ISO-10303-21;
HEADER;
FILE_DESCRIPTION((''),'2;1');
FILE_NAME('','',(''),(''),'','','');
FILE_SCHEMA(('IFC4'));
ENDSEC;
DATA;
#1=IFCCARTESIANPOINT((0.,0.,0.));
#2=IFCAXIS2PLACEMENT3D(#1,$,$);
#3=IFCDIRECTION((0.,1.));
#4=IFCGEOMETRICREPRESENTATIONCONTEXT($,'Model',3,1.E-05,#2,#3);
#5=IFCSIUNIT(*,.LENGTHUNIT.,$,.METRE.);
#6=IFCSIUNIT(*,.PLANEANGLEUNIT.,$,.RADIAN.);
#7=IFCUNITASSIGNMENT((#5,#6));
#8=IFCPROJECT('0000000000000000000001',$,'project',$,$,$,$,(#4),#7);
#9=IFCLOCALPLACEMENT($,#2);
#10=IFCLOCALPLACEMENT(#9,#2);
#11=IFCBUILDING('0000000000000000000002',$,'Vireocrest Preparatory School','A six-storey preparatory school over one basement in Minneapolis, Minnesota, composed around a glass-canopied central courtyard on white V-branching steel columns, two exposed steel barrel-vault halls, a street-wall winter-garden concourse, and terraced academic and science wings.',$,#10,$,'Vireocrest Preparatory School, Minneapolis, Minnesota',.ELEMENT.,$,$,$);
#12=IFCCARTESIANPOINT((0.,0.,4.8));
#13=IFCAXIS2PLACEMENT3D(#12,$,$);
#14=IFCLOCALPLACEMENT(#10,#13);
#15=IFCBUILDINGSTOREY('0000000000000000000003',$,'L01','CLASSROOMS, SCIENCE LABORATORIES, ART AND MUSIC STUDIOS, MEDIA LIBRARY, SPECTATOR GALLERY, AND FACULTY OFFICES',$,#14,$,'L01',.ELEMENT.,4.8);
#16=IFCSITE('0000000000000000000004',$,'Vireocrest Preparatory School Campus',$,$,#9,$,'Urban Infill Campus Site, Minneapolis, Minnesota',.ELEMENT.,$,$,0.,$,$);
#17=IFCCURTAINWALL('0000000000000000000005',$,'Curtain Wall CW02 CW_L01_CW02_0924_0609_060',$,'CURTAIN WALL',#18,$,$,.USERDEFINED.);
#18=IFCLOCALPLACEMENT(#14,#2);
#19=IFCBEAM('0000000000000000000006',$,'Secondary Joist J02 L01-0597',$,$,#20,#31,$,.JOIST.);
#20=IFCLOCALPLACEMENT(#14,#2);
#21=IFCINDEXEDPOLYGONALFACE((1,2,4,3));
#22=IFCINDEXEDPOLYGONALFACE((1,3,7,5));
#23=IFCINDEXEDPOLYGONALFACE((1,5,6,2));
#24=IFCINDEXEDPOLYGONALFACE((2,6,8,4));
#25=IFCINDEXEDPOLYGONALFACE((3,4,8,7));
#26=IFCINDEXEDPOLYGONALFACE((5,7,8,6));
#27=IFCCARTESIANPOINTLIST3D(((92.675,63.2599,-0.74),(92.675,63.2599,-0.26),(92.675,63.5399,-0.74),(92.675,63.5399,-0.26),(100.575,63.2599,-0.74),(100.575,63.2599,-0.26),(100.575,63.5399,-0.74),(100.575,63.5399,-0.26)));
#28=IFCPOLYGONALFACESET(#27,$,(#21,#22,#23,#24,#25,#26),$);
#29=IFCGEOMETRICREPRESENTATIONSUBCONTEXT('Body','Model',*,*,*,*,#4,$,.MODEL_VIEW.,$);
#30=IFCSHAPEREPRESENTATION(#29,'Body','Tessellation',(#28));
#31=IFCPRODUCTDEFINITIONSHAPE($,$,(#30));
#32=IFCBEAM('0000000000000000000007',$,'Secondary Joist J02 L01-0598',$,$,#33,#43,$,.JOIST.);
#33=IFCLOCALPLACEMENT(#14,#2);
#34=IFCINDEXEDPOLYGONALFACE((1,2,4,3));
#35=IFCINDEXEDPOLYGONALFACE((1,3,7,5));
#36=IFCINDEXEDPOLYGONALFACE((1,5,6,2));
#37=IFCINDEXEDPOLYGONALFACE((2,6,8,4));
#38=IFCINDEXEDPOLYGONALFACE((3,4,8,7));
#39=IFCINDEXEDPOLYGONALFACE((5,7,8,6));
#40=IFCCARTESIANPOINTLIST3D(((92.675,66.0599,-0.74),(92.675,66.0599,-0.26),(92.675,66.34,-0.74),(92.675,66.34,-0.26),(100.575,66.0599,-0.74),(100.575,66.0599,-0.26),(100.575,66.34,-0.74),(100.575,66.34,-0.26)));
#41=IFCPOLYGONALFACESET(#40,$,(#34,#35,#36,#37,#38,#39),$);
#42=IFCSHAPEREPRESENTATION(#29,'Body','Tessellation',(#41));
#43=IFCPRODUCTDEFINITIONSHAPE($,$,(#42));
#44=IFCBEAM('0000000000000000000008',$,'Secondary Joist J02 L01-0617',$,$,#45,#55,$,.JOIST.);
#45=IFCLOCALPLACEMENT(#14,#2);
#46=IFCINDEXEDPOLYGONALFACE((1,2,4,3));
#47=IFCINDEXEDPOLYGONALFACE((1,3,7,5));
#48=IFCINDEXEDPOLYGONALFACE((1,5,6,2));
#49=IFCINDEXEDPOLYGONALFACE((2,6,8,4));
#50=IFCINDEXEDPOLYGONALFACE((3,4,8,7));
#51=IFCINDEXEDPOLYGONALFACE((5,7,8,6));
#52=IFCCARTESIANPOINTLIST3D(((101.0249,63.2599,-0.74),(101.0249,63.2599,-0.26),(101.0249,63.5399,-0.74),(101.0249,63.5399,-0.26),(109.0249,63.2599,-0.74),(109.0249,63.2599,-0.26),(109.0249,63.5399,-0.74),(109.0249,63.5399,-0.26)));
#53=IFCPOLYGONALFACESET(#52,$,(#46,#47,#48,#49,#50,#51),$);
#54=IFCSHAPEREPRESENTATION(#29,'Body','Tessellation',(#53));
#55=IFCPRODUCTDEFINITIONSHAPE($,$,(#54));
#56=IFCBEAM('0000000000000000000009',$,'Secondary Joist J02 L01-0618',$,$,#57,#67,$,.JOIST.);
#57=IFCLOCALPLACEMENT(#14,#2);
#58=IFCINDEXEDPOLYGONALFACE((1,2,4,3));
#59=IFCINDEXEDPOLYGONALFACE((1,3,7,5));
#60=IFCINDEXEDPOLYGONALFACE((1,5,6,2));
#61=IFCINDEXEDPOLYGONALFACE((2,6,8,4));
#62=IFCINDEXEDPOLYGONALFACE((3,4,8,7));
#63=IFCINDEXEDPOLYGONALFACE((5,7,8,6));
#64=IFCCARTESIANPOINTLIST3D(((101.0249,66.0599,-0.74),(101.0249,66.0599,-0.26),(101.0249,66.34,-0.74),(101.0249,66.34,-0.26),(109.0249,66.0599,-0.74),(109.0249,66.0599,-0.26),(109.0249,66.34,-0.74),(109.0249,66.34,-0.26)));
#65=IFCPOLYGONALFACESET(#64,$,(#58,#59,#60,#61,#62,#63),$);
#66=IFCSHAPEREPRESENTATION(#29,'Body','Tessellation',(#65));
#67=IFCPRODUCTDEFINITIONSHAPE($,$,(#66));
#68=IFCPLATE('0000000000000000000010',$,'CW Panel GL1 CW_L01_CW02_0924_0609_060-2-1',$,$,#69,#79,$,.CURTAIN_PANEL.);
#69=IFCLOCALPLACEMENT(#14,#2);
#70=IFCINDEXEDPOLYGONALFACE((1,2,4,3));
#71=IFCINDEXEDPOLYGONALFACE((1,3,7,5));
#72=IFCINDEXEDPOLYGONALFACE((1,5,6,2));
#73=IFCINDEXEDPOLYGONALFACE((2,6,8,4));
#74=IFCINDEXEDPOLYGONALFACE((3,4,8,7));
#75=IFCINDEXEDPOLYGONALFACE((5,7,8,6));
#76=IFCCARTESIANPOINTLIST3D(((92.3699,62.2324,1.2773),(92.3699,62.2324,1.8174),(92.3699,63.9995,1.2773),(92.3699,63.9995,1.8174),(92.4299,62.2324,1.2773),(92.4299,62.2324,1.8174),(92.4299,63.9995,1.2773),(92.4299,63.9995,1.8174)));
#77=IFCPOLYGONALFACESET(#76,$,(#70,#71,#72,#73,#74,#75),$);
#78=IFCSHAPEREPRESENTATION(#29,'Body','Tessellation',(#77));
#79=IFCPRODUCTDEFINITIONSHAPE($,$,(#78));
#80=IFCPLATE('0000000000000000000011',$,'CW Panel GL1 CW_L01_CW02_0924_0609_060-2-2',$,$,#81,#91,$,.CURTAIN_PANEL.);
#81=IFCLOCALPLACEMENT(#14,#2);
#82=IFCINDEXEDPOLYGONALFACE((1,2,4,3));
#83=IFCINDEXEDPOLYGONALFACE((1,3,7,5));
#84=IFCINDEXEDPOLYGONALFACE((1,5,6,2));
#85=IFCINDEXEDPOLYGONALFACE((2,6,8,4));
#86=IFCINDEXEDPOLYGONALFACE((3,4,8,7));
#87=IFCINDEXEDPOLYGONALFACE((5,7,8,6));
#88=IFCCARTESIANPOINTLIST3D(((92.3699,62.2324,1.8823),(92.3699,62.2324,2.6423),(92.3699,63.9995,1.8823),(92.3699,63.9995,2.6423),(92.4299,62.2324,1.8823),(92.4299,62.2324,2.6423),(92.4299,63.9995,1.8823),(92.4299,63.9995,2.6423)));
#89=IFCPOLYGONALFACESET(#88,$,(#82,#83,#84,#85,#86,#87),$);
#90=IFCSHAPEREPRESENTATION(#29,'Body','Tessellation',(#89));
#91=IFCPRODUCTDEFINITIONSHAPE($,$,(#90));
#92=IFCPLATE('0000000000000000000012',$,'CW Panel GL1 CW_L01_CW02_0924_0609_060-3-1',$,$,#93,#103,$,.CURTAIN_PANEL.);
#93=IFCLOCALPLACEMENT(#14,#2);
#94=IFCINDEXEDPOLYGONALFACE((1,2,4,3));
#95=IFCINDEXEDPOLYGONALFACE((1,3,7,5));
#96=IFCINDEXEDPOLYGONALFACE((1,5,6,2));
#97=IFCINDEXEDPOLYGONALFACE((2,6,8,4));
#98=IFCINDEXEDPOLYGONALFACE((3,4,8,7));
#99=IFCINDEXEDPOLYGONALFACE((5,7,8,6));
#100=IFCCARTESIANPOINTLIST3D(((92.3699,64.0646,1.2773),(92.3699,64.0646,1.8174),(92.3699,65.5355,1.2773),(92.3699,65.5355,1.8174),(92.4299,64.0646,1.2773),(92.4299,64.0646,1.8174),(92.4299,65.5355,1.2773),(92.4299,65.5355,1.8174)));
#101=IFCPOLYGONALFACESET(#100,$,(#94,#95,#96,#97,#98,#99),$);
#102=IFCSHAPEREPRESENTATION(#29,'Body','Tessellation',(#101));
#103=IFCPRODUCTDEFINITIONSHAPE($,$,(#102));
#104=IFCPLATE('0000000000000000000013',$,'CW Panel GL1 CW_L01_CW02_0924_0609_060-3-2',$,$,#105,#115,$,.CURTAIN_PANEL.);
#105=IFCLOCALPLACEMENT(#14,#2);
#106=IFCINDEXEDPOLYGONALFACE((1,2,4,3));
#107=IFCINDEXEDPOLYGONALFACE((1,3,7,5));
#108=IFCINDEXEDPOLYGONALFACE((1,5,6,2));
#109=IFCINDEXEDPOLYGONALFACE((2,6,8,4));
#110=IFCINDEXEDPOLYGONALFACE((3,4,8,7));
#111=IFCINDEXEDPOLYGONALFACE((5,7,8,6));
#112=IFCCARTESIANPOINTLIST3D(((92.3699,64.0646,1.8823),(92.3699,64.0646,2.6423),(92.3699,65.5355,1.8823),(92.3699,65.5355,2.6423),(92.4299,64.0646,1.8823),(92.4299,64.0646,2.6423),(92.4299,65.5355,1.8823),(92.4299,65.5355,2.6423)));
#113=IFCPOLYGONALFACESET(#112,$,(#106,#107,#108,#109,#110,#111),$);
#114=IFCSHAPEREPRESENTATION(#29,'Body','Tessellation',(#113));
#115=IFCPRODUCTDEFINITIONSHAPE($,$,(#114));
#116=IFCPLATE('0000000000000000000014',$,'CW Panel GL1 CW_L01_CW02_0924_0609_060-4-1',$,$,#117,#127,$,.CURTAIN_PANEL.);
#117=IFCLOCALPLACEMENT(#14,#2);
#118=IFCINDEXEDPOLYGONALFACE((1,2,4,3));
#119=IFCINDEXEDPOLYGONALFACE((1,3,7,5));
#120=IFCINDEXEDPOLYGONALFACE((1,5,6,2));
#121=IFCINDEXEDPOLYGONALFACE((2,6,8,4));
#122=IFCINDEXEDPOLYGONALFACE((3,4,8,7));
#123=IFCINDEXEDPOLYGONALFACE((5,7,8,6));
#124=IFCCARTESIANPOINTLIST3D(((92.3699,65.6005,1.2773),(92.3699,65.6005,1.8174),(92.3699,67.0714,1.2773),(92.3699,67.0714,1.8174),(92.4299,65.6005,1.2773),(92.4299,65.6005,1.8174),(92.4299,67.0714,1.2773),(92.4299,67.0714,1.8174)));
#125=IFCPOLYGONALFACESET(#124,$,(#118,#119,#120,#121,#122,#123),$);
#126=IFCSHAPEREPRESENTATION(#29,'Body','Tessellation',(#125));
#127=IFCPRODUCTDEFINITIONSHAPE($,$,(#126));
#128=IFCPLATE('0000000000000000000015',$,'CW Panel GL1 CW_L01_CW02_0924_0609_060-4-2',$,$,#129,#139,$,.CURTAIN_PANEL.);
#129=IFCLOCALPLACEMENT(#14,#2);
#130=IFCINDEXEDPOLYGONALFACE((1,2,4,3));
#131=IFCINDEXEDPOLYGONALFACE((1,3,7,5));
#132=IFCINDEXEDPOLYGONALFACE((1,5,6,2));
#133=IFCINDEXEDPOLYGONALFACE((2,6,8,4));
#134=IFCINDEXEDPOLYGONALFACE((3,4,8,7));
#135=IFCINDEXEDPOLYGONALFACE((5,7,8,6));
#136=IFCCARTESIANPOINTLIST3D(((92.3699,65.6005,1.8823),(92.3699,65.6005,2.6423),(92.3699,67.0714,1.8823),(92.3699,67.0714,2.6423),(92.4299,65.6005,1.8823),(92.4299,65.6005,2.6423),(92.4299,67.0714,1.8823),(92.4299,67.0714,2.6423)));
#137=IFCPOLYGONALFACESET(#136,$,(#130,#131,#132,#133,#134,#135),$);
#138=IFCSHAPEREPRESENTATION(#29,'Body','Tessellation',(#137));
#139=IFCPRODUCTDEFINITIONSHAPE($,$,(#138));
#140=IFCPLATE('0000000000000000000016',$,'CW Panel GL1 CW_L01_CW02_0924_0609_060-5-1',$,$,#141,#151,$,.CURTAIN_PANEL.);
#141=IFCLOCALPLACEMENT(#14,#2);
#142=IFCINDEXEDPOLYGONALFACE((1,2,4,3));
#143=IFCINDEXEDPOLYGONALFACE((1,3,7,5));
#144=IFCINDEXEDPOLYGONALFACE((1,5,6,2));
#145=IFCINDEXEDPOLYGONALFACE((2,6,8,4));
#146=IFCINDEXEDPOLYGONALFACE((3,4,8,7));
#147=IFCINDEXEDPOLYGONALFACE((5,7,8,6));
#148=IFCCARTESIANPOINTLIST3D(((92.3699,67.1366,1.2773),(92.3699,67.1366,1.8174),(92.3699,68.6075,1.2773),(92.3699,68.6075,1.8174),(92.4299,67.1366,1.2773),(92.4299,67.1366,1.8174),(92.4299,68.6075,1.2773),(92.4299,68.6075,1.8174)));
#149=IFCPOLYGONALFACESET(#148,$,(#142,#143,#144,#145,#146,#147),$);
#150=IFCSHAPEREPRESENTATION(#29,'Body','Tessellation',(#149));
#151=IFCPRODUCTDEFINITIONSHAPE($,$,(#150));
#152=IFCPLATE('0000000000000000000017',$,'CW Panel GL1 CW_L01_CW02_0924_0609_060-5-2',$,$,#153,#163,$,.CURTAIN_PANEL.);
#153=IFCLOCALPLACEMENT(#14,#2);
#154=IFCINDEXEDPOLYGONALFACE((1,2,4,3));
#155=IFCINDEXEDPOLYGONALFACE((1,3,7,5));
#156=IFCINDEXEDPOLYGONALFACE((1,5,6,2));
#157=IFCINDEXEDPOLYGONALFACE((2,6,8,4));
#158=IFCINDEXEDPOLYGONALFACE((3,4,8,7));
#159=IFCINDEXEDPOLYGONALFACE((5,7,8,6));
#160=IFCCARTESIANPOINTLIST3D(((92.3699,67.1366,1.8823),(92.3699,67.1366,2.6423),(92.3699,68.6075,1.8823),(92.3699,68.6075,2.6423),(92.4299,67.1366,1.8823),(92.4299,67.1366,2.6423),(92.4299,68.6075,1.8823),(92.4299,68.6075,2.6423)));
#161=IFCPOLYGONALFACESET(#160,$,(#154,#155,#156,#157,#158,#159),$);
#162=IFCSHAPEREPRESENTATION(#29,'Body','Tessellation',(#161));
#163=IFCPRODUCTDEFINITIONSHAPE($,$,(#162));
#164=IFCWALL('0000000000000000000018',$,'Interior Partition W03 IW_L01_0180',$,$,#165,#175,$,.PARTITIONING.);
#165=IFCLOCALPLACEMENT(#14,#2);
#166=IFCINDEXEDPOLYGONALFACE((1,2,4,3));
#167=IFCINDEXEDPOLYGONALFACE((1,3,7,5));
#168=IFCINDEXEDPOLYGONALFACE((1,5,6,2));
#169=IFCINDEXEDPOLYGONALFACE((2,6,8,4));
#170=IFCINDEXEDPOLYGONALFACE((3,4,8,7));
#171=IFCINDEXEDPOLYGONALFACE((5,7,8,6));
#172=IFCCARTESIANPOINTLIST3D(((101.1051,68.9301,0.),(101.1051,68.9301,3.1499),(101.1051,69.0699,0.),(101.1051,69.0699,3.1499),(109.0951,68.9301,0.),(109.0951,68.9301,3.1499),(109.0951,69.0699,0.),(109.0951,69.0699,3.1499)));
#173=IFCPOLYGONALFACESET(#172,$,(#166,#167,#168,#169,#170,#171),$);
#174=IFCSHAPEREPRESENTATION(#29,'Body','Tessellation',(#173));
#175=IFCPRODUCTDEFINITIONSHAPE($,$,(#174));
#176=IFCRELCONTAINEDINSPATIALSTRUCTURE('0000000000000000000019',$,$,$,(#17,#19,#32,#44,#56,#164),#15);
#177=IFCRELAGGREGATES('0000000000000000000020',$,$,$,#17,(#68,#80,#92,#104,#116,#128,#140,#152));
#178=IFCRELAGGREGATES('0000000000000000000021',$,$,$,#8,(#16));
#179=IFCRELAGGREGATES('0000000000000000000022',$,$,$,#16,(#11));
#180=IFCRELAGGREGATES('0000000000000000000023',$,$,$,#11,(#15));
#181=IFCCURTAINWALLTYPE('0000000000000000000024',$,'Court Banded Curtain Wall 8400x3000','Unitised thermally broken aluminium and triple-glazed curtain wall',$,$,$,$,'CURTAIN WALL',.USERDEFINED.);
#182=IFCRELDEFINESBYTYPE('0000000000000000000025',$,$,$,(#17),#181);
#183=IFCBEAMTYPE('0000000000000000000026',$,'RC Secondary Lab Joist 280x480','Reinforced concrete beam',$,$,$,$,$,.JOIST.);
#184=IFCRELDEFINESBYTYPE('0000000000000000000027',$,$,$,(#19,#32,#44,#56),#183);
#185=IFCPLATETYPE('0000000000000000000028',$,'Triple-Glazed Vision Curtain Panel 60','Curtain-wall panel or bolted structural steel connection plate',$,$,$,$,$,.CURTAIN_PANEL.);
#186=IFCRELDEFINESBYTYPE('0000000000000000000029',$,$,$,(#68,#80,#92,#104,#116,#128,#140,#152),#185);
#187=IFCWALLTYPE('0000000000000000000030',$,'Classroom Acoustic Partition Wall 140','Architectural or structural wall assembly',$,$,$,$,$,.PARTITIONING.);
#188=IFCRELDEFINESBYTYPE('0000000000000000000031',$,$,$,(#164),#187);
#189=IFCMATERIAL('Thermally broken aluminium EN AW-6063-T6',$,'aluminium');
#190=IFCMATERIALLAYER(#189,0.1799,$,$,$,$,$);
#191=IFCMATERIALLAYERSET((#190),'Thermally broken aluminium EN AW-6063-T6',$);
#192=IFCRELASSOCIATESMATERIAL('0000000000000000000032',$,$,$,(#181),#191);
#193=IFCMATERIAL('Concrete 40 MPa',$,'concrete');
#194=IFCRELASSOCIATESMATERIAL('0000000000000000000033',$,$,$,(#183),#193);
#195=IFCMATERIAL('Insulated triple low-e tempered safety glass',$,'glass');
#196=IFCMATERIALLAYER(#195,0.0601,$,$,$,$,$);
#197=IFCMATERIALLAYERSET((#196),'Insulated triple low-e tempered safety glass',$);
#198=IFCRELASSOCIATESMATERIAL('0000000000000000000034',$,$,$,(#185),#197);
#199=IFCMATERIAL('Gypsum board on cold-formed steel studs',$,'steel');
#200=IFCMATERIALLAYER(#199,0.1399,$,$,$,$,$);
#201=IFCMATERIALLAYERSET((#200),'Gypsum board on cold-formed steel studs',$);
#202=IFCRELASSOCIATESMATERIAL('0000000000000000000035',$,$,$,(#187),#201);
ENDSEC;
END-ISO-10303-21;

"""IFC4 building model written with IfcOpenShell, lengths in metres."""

from ifc_helpers import new_model, si_unit, direction, frame, frame_2d, origin, origin_2d, place, context, subcontext, project, spatial, rectangle, extrude, material, layer, layer_set, material_profile, profile_set, type_object, element, aggregate, save


model = new_model("IFC4")

# Units and contexts
model_context = context("Model", 3, precision=1e-05, world=origin(), true_north=direction((0.0, 1.0)))
body_context = subcontext(model_context, "Body", "Model", "MODEL_VIEW")
ifc_project = project(units=[si_unit("LENGTHUNIT", "METRE"), si_unit("PLANEANGLEUNIT", "RADIAN")], contexts=[model_context])

# Site, building, storey
site_placement = place(None, origin())
site = spatial("IfcSite", under=ifc_project, at=site_placement, Name="Vireocrest Preparatory School Campus", LongName="Urban Infill Campus Site, Minneapolis, Minnesota", CompositionType="ELEMENT", RefElevation=0.0)
building_placement = place(site_placement, origin())
building = spatial("IfcBuilding", under=site, at=building_placement, Name="Vireocrest Preparatory School", Description="A six-storey preparatory school over one basement in Minneapolis, Minnesota, composed around a glass-canopied central courtyard on white V-branching steel columns, two exposed steel barrel-vault halls, a street-wall winter-garden concourse, and terraced academic and science wings.", LongName="Vireocrest Preparatory School, Minneapolis, Minnesota", CompositionType="ELEMENT")
storey_placement = place(building_placement, frame((0.0, 0.0, 4.8)))
storey = spatial("IfcBuildingStorey", under=building, at=storey_placement, Name="L01", Description="CLASSROOMS, SCIENCE LABORATORIES, ART AND MUSIC STUDIOS, MEDIA LIBRARY, SPECTATOR GALLERY, AND FACULTY OFFICES", LongName="L01", CompositionType="ELEMENT", Elevation=4.8)

# Curtain wall
ifc_material_1 = material(Name="Thermally broken aluminium EN AW-6063-T6", Category="aluminium")
ifc_layer_1 = layer(ifc_material_1, 0.1799)
ifc_layer_set_1 = layer_set([ifc_layer_1], Name="Thermally broken aluminium EN AW-6063-T6")
curtain_wall_type = type_object("IfcCurtainWallType", Name="Court Banded Curtain Wall 8400x3000", Description="Unitised thermally broken aluminium and triple-glazed curtain wall", ElementType="CURTAIN WALL", PredefinedType="USERDEFINED", material=ifc_layer_set_1)
curtain_wall_1_placement = place(storey_placement, origin())
curtain_wall_1 = element("IfcCurtainWall", 1, at=curtain_wall_1_placement, inside=storey, type_object=curtain_wall_type, Name="Curtain Wall CW02 CW_L01_CW02_0924_0609_060", ObjectType="CURTAIN WALL", PredefinedType="USERDEFINED")

# Beams
ifc_material_2 = material(Name="Concrete 40 MPa", Category="concrete")
ifc_material_profile_1 = material_profile(ifc_material_2, rectangle(XDim=0.28, YDim=0.48, at=origin_2d()), Name="RC 280x480")
ifc_profile_set_1 = profile_set([ifc_material_profile_1], Name="Concrete 40 MPa")
beam_type_1 = type_object("IfcBeamType", Name="RC Secondary Lab Joist 280x480", Description="Reinforced concrete beam", PredefinedType="JOIST", material=ifc_profile_set_1)
for number, where, z_axis, x_axis, name in (
    (2, (92.675, 63.3999, -0.5), (1.0, 0.0, 0.0), (0.0, 1.0, 0.0), "Secondary Joist J02 L01-0597"),
    (3, (92.675, 66.2, -0.5), (1.0, 0.0, 0.0), (0.0, 1.0, 0.0), "Secondary Joist J02 L01-0598"),
):
    element("IfcBeam", number, at=place(storey_placement, frame(where, z_axis=z_axis, x_axis=x_axis)), inside=storey, type_object=beam_type_1, Name=name, PredefinedType="JOIST", context=body_context, shape_type="SweptSolid", body=[
        extrude(rectangle(XDim=0.28, YDim=0.48, at=origin_2d()), origin(), (0.0, 0.0, 1.0), 7.8999),
    ])
for number, where, z_axis, x_axis, name in (
    (4, (101.0249, 63.3999, -0.5), (1.0, 0.0, 0.0), (0.0, 1.0, 0.0), "Secondary Joist J02 L01-0617"),
    (5, (101.0249, 66.2, -0.5), (1.0, 0.0, 0.0), (0.0, 1.0, 0.0), "Secondary Joist J02 L01-0618"),
):
    element("IfcBeam", number, at=place(storey_placement, frame(where, z_axis=z_axis, x_axis=x_axis)), inside=storey, type_object=beam_type_1, Name=name, PredefinedType="JOIST", context=body_context, shape_type="SweptSolid", body=[
        extrude(rectangle(XDim=0.28, YDim=0.48, at=origin_2d()), origin(), (0.0, 0.0, 1.0), 8.0),
    ])

# Plates
ifc_material_3 = material(Name="Insulated triple low-e tempered safety glass", Category="glass")
ifc_layer_2 = layer(ifc_material_3, 0.0601)
ifc_layer_set_2 = layer_set([ifc_layer_2], Name="Insulated triple low-e tempered safety glass")
plate_type = type_object("IfcPlateType", Name="Triple-Glazed Vision Curtain Panel 60", Description="Curtain-wall panel or bolted structural steel connection plate", PredefinedType="CURTAIN_PANEL", material=ifc_layer_set_2)
plate_1_placement = place(storey_placement, frame((92.3999, 63.116, 1.2773), z_axis=(0.0, 0.0, 1.0), x_axis=(0.0, 1.0, 0.0)))
plate_1 = element("IfcPlate", 6, at=plate_1_placement, type_object=plate_type, Name="CW Panel GL1 CW_L01_CW02_0924_0609_060-2-1", PredefinedType="CURTAIN_PANEL", context=body_context, shape_type="SweptSolid", body=[
    extrude(rectangle(XDim=1.7671, YDim=0.0601, at=origin_2d()), origin(), (0.0, 0.0, 1.0), 0.54),
])
plate_2_placement = place(storey_placement, frame((92.3999, 63.116, 1.8823), z_axis=(0.0, 0.0, 1.0), x_axis=(0.0, 1.0, 0.0)))
plate_2 = element("IfcPlate", 7, at=plate_2_placement, type_object=plate_type, Name="CW Panel GL1 CW_L01_CW02_0924_0609_060-2-2", PredefinedType="CURTAIN_PANEL", context=body_context, shape_type="SweptSolid", body=[
    extrude(rectangle(XDim=1.7671, YDim=0.0601, at=origin_2d()), origin(), (0.0, 0.0, 1.0), 0.76),
])
plate_3_placement = place(storey_placement, frame((92.3999, 64.8, 1.2773), z_axis=(0.0, 0.0, 1.0), x_axis=(0.0, 1.0, 0.0)))
plate_3 = element("IfcPlate", 8, at=plate_3_placement, type_object=plate_type, Name="CW Panel GL1 CW_L01_CW02_0924_0609_060-3-1", PredefinedType="CURTAIN_PANEL", context=body_context, shape_type="SweptSolid", body=[
    extrude(rectangle(XDim=1.4709, YDim=0.0601, at=origin_2d()), origin(), (0.0, 0.0, 1.0), 0.54),
])
plate_4_placement = place(storey_placement, frame((92.3999, 64.8, 1.8823), z_axis=(0.0, 0.0, 1.0), x_axis=(0.0, 1.0, 0.0)))
plate_4 = element("IfcPlate", 9, at=plate_4_placement, type_object=plate_type, Name="CW Panel GL1 CW_L01_CW02_0924_0609_060-3-2", PredefinedType="CURTAIN_PANEL", context=body_context, shape_type="SweptSolid", body=[
    extrude(rectangle(XDim=1.4709, YDim=0.0601, at=origin_2d()), origin(), (0.0, 0.0, 1.0), 0.76),
])
plate_5_placement = place(storey_placement, frame((92.3999, 66.3359, 1.2773), z_axis=(0.0, 0.0, 1.0), x_axis=(0.0, 1.0, 0.0)))
plate_5 = element("IfcPlate", 10, at=plate_5_placement, type_object=plate_type, Name="CW Panel GL1 CW_L01_CW02_0924_0609_060-4-1", PredefinedType="CURTAIN_PANEL", context=body_context, shape_type="SweptSolid", body=[
    extrude(rectangle(XDim=1.4709, YDim=0.0601, at=origin_2d()), origin(), (0.0, 0.0, 1.0), 0.54),
])
plate_6_placement = place(storey_placement, frame((92.3999, 66.3359, 1.8823), z_axis=(0.0, 0.0, 1.0), x_axis=(0.0, 1.0, 0.0)))
plate_6 = element("IfcPlate", 11, at=plate_6_placement, type_object=plate_type, Name="CW Panel GL1 CW_L01_CW02_0924_0609_060-4-2", PredefinedType="CURTAIN_PANEL", context=body_context, shape_type="SweptSolid", body=[
    extrude(rectangle(XDim=1.4709, YDim=0.0601, at=origin_2d()), origin(), (0.0, 0.0, 1.0), 0.76),
])
plate_7_placement = place(storey_placement, frame((92.3999, 67.8721, 1.2773), z_axis=(0.0, 0.0, 1.0), x_axis=(0.0, 1.0, 0.0)))
plate_7 = element("IfcPlate", 12, at=plate_7_placement, type_object=plate_type, Name="CW Panel GL1 CW_L01_CW02_0924_0609_060-5-1", PredefinedType="CURTAIN_PANEL", context=body_context, shape_type="SweptSolid", body=[
    extrude(rectangle(XDim=1.4709, YDim=0.0601, at=origin_2d()), origin(), (0.0, 0.0, 1.0), 0.54),
])
plate_8_placement = place(storey_placement, frame((92.3999, 67.8721, 1.8823), z_axis=(0.0, 0.0, 1.0), x_axis=(0.0, 1.0, 0.0)))
plate_8 = element("IfcPlate", 13, at=plate_8_placement, type_object=plate_type, Name="CW Panel GL1 CW_L01_CW02_0924_0609_060-5-2", PredefinedType="CURTAIN_PANEL", context=body_context, shape_type="SweptSolid", body=[
    extrude(rectangle(XDim=1.4709, YDim=0.0601, at=origin_2d()), origin(), (0.0, 0.0, 1.0), 0.76),
])
aggregate(curtain_wall_1, [plate_1, plate_2, plate_3, plate_4, plate_5, plate_6, plate_7, plate_8])

# Wall
ifc_material_4 = material(Name="Gypsum board on cold-formed steel studs", Category="steel")
ifc_layer_3 = layer(ifc_material_4, 0.1399)
ifc_layer_set_3 = layer_set([ifc_layer_3], Name="Gypsum board on cold-formed steel studs")
wall_type_1 = type_object("IfcWallType", Name="Classroom Acoustic Partition Wall 140", Description="Architectural or structural wall assembly", PredefinedType="PARTITIONING", material=ifc_layer_set_3)
wall_1_placement = place(storey_placement, frame((101.105, 69.0, 0.0), z_axis=(0.0, 0.0, 1.0), x_axis=(1.0, 0.0, 0.0)))
element("IfcWall", 14, at=wall_1_placement, inside=storey, type_object=wall_type_1, Name="Interior Partition W03 IW_L01_0180", PredefinedType="PARTITIONING", context=body_context, shape_type="SweptSolid", body=[
    extrude(rectangle(XDim=7.99, YDim=0.1399, at=frame_2d((3.9951, 0.0))), origin(), (0.0, 0.0, 1.0), 3.1499),
])

save(model, "model.ifc")
